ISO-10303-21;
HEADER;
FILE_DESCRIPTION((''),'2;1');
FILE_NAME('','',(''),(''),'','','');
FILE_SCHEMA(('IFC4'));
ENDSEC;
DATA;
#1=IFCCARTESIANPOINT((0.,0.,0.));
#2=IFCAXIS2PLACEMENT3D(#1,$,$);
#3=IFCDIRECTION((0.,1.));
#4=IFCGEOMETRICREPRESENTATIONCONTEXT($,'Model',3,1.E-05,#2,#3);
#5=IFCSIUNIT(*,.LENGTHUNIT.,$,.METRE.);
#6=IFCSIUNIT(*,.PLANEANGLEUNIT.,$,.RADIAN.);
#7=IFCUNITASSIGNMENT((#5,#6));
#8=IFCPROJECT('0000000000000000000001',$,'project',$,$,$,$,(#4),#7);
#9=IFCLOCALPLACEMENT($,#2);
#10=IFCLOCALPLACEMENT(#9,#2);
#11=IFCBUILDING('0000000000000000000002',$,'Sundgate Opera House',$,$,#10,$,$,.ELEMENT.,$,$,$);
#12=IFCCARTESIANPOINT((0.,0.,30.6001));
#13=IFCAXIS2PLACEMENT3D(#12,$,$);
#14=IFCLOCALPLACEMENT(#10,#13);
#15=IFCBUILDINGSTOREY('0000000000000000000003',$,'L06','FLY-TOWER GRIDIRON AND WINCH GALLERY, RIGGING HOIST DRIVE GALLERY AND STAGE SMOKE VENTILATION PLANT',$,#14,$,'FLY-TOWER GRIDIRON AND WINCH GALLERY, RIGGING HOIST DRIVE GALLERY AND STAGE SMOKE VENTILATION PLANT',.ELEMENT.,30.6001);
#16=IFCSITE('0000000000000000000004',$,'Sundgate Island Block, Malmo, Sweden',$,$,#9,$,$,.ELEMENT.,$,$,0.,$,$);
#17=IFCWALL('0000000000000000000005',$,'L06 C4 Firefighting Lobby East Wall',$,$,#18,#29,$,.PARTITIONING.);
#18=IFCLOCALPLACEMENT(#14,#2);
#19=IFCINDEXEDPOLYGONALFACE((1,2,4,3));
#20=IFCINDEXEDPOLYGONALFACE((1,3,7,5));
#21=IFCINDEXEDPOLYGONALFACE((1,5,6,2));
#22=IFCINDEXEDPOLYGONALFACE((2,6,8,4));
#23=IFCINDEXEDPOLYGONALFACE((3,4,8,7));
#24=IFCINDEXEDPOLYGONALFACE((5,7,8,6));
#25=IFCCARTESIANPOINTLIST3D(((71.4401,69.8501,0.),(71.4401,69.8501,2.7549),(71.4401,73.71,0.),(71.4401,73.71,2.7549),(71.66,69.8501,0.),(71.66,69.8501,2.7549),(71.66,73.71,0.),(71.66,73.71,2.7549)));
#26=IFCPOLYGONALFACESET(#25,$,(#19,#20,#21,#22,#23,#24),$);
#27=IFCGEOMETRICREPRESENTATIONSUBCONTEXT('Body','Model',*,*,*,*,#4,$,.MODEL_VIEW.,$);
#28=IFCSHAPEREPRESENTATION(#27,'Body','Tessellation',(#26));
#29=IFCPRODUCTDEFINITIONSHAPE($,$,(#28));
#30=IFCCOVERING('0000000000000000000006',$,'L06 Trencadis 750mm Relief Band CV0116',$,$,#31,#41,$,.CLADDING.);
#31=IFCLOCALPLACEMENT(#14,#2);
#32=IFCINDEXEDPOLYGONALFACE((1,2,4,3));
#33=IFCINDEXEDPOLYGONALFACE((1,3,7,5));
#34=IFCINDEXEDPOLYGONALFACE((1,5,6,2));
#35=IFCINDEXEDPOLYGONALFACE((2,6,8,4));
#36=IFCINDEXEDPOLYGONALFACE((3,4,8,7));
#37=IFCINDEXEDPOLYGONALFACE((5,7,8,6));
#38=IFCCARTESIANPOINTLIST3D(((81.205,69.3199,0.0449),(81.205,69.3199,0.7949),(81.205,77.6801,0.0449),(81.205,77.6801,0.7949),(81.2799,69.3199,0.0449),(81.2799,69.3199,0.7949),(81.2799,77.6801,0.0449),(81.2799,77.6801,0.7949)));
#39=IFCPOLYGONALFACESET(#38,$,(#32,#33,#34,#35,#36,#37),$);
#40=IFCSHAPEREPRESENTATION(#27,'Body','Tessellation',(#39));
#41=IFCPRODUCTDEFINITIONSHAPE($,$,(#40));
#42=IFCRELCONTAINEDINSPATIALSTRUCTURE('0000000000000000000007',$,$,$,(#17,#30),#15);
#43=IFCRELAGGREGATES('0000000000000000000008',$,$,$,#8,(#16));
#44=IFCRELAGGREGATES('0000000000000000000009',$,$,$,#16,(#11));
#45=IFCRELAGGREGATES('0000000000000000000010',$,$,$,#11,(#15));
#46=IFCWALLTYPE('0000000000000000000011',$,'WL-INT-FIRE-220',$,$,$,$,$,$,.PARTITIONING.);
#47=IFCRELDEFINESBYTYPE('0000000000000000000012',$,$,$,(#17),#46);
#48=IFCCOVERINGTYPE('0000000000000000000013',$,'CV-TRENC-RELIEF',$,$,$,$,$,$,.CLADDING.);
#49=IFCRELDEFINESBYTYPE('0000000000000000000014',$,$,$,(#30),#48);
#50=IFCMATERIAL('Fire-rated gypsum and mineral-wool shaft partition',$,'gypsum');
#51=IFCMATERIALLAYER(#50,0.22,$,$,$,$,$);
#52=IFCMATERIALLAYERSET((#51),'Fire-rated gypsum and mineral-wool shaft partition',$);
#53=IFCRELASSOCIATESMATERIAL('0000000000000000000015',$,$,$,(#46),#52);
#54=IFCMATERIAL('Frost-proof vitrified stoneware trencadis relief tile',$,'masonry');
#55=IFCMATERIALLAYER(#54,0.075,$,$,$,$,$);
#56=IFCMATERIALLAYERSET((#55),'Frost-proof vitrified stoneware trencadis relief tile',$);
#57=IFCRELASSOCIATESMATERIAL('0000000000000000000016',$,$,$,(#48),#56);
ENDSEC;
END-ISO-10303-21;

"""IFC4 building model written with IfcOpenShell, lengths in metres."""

from ifc_helpers import new_model, si_unit, direction, frame, frame_2d, origin, origin_2d, place, context, subcontext, project, spatial, rectangle, extrude, material, layer, layer_set, type_object, element, save


model = new_model("IFC4")

# Units and contexts
model_context = context("Model", 3, precision=1e-05, world=origin(), true_north=direction((0.0, 1.0)))
body_context = subcontext(model_context, "Body", "Model", "MODEL_VIEW")
ifc_project = project(units=[si_unit("LENGTHUNIT", "METRE"), si_unit("PLANEANGLEUNIT", "RADIAN")], contexts=[model_context])

# Site, building, storey
site_placement = place(None, origin())
site = spatial("IfcSite", under=ifc_project, at=site_placement, Name="Sundgate Island Block, Malmo, Sweden", CompositionType="ELEMENT", RefElevation=0.0)
building_placement = place(site_placement, origin())
building = spatial("IfcBuilding", under=site, at=building_placement, Name="Sundgate Opera House", CompositionType="ELEMENT")
storey_placement = place(building_placement, frame((0.0, 0.0, 30.6001)))
storey = spatial("IfcBuildingStorey", under=building, at=storey_placement, Name="L06", Description="FLY-TOWER GRIDIRON AND WINCH GALLERY, RIGGING HOIST DRIVE GALLERY AND STAGE SMOKE VENTILATION PLANT", LongName="FLY-TOWER GRIDIRON AND WINCH GALLERY, RIGGING HOIST DRIVE GALLERY AND STAGE SMOKE VENTILATION PLANT", CompositionType="ELEMENT", Elevation=30.6001)

# Wall
ifc_material_1 = material(Name="Fire-rated gypsum and mineral-wool shaft partition", Category="gypsum")
ifc_layer_1 = layer(ifc_material_1, 0.22)
ifc_layer_set_1 = layer_set([ifc_layer_1], Name="Fire-rated gypsum and mineral-wool shaft partition")
wall_type_1 = type_object("IfcWallType", Name="WL-INT-FIRE-220", PredefinedType="PARTITIONING", material=ifc_layer_set_1)
wall_1_placement = place(storey_placement, frame((71.55, 69.8501, 0.0), z_axis=(0.0, 0.0, 1.0), x_axis=(0.0, 1.0, 0.0)))
element("IfcWall", 1, at=wall_1_placement, inside=storey, type_object=wall_type_1, Name="L06 C4 Firefighting Lobby East Wall", PredefinedType="PARTITIONING", context=body_context, shape_type="SweptSolid", body=[
    extrude(rectangle(XDim=3.8599, YDim=0.22, at=frame_2d((1.9299, 0.0))), origin(), (0.0, 0.0, 1.0), 2.7549),
])

# Covering
ifc_material_2 = material(Name="Frost-proof vitrified stoneware trencadis relief tile", Category="masonry")
ifc_layer_2 = layer(ifc_material_2, 0.075)
ifc_layer_set_2 = layer_set([ifc_layer_2], Name="Frost-proof vitrified stoneware trencadis relief tile")
covering_type = type_object("IfcCoveringType", Name="CV-TRENC-RELIEF", PredefinedType="CLADDING", material=ifc_layer_set_2)
covering_placement = place(storey_placement, frame((81.2424, 73.5, 0.0449), z_axis=(0.0, 0.0, 1.0), x_axis=(0.0, 1.0, 0.0)))
element("IfcCovering", 2, at=covering_placement, inside=storey, type_object=covering_type, Name="L06 Trencadis 750mm Relief Band CV0116", PredefinedType="CLADDING", context=body_context, shape_type="SweptSolid", body=[
    extrude(rectangle(XDim=8.3601, YDim=0.075, at=origin_2d()), origin(), (0.0, 0.0, 1.0), 0.75),
])

save(model, "model.ifc")
